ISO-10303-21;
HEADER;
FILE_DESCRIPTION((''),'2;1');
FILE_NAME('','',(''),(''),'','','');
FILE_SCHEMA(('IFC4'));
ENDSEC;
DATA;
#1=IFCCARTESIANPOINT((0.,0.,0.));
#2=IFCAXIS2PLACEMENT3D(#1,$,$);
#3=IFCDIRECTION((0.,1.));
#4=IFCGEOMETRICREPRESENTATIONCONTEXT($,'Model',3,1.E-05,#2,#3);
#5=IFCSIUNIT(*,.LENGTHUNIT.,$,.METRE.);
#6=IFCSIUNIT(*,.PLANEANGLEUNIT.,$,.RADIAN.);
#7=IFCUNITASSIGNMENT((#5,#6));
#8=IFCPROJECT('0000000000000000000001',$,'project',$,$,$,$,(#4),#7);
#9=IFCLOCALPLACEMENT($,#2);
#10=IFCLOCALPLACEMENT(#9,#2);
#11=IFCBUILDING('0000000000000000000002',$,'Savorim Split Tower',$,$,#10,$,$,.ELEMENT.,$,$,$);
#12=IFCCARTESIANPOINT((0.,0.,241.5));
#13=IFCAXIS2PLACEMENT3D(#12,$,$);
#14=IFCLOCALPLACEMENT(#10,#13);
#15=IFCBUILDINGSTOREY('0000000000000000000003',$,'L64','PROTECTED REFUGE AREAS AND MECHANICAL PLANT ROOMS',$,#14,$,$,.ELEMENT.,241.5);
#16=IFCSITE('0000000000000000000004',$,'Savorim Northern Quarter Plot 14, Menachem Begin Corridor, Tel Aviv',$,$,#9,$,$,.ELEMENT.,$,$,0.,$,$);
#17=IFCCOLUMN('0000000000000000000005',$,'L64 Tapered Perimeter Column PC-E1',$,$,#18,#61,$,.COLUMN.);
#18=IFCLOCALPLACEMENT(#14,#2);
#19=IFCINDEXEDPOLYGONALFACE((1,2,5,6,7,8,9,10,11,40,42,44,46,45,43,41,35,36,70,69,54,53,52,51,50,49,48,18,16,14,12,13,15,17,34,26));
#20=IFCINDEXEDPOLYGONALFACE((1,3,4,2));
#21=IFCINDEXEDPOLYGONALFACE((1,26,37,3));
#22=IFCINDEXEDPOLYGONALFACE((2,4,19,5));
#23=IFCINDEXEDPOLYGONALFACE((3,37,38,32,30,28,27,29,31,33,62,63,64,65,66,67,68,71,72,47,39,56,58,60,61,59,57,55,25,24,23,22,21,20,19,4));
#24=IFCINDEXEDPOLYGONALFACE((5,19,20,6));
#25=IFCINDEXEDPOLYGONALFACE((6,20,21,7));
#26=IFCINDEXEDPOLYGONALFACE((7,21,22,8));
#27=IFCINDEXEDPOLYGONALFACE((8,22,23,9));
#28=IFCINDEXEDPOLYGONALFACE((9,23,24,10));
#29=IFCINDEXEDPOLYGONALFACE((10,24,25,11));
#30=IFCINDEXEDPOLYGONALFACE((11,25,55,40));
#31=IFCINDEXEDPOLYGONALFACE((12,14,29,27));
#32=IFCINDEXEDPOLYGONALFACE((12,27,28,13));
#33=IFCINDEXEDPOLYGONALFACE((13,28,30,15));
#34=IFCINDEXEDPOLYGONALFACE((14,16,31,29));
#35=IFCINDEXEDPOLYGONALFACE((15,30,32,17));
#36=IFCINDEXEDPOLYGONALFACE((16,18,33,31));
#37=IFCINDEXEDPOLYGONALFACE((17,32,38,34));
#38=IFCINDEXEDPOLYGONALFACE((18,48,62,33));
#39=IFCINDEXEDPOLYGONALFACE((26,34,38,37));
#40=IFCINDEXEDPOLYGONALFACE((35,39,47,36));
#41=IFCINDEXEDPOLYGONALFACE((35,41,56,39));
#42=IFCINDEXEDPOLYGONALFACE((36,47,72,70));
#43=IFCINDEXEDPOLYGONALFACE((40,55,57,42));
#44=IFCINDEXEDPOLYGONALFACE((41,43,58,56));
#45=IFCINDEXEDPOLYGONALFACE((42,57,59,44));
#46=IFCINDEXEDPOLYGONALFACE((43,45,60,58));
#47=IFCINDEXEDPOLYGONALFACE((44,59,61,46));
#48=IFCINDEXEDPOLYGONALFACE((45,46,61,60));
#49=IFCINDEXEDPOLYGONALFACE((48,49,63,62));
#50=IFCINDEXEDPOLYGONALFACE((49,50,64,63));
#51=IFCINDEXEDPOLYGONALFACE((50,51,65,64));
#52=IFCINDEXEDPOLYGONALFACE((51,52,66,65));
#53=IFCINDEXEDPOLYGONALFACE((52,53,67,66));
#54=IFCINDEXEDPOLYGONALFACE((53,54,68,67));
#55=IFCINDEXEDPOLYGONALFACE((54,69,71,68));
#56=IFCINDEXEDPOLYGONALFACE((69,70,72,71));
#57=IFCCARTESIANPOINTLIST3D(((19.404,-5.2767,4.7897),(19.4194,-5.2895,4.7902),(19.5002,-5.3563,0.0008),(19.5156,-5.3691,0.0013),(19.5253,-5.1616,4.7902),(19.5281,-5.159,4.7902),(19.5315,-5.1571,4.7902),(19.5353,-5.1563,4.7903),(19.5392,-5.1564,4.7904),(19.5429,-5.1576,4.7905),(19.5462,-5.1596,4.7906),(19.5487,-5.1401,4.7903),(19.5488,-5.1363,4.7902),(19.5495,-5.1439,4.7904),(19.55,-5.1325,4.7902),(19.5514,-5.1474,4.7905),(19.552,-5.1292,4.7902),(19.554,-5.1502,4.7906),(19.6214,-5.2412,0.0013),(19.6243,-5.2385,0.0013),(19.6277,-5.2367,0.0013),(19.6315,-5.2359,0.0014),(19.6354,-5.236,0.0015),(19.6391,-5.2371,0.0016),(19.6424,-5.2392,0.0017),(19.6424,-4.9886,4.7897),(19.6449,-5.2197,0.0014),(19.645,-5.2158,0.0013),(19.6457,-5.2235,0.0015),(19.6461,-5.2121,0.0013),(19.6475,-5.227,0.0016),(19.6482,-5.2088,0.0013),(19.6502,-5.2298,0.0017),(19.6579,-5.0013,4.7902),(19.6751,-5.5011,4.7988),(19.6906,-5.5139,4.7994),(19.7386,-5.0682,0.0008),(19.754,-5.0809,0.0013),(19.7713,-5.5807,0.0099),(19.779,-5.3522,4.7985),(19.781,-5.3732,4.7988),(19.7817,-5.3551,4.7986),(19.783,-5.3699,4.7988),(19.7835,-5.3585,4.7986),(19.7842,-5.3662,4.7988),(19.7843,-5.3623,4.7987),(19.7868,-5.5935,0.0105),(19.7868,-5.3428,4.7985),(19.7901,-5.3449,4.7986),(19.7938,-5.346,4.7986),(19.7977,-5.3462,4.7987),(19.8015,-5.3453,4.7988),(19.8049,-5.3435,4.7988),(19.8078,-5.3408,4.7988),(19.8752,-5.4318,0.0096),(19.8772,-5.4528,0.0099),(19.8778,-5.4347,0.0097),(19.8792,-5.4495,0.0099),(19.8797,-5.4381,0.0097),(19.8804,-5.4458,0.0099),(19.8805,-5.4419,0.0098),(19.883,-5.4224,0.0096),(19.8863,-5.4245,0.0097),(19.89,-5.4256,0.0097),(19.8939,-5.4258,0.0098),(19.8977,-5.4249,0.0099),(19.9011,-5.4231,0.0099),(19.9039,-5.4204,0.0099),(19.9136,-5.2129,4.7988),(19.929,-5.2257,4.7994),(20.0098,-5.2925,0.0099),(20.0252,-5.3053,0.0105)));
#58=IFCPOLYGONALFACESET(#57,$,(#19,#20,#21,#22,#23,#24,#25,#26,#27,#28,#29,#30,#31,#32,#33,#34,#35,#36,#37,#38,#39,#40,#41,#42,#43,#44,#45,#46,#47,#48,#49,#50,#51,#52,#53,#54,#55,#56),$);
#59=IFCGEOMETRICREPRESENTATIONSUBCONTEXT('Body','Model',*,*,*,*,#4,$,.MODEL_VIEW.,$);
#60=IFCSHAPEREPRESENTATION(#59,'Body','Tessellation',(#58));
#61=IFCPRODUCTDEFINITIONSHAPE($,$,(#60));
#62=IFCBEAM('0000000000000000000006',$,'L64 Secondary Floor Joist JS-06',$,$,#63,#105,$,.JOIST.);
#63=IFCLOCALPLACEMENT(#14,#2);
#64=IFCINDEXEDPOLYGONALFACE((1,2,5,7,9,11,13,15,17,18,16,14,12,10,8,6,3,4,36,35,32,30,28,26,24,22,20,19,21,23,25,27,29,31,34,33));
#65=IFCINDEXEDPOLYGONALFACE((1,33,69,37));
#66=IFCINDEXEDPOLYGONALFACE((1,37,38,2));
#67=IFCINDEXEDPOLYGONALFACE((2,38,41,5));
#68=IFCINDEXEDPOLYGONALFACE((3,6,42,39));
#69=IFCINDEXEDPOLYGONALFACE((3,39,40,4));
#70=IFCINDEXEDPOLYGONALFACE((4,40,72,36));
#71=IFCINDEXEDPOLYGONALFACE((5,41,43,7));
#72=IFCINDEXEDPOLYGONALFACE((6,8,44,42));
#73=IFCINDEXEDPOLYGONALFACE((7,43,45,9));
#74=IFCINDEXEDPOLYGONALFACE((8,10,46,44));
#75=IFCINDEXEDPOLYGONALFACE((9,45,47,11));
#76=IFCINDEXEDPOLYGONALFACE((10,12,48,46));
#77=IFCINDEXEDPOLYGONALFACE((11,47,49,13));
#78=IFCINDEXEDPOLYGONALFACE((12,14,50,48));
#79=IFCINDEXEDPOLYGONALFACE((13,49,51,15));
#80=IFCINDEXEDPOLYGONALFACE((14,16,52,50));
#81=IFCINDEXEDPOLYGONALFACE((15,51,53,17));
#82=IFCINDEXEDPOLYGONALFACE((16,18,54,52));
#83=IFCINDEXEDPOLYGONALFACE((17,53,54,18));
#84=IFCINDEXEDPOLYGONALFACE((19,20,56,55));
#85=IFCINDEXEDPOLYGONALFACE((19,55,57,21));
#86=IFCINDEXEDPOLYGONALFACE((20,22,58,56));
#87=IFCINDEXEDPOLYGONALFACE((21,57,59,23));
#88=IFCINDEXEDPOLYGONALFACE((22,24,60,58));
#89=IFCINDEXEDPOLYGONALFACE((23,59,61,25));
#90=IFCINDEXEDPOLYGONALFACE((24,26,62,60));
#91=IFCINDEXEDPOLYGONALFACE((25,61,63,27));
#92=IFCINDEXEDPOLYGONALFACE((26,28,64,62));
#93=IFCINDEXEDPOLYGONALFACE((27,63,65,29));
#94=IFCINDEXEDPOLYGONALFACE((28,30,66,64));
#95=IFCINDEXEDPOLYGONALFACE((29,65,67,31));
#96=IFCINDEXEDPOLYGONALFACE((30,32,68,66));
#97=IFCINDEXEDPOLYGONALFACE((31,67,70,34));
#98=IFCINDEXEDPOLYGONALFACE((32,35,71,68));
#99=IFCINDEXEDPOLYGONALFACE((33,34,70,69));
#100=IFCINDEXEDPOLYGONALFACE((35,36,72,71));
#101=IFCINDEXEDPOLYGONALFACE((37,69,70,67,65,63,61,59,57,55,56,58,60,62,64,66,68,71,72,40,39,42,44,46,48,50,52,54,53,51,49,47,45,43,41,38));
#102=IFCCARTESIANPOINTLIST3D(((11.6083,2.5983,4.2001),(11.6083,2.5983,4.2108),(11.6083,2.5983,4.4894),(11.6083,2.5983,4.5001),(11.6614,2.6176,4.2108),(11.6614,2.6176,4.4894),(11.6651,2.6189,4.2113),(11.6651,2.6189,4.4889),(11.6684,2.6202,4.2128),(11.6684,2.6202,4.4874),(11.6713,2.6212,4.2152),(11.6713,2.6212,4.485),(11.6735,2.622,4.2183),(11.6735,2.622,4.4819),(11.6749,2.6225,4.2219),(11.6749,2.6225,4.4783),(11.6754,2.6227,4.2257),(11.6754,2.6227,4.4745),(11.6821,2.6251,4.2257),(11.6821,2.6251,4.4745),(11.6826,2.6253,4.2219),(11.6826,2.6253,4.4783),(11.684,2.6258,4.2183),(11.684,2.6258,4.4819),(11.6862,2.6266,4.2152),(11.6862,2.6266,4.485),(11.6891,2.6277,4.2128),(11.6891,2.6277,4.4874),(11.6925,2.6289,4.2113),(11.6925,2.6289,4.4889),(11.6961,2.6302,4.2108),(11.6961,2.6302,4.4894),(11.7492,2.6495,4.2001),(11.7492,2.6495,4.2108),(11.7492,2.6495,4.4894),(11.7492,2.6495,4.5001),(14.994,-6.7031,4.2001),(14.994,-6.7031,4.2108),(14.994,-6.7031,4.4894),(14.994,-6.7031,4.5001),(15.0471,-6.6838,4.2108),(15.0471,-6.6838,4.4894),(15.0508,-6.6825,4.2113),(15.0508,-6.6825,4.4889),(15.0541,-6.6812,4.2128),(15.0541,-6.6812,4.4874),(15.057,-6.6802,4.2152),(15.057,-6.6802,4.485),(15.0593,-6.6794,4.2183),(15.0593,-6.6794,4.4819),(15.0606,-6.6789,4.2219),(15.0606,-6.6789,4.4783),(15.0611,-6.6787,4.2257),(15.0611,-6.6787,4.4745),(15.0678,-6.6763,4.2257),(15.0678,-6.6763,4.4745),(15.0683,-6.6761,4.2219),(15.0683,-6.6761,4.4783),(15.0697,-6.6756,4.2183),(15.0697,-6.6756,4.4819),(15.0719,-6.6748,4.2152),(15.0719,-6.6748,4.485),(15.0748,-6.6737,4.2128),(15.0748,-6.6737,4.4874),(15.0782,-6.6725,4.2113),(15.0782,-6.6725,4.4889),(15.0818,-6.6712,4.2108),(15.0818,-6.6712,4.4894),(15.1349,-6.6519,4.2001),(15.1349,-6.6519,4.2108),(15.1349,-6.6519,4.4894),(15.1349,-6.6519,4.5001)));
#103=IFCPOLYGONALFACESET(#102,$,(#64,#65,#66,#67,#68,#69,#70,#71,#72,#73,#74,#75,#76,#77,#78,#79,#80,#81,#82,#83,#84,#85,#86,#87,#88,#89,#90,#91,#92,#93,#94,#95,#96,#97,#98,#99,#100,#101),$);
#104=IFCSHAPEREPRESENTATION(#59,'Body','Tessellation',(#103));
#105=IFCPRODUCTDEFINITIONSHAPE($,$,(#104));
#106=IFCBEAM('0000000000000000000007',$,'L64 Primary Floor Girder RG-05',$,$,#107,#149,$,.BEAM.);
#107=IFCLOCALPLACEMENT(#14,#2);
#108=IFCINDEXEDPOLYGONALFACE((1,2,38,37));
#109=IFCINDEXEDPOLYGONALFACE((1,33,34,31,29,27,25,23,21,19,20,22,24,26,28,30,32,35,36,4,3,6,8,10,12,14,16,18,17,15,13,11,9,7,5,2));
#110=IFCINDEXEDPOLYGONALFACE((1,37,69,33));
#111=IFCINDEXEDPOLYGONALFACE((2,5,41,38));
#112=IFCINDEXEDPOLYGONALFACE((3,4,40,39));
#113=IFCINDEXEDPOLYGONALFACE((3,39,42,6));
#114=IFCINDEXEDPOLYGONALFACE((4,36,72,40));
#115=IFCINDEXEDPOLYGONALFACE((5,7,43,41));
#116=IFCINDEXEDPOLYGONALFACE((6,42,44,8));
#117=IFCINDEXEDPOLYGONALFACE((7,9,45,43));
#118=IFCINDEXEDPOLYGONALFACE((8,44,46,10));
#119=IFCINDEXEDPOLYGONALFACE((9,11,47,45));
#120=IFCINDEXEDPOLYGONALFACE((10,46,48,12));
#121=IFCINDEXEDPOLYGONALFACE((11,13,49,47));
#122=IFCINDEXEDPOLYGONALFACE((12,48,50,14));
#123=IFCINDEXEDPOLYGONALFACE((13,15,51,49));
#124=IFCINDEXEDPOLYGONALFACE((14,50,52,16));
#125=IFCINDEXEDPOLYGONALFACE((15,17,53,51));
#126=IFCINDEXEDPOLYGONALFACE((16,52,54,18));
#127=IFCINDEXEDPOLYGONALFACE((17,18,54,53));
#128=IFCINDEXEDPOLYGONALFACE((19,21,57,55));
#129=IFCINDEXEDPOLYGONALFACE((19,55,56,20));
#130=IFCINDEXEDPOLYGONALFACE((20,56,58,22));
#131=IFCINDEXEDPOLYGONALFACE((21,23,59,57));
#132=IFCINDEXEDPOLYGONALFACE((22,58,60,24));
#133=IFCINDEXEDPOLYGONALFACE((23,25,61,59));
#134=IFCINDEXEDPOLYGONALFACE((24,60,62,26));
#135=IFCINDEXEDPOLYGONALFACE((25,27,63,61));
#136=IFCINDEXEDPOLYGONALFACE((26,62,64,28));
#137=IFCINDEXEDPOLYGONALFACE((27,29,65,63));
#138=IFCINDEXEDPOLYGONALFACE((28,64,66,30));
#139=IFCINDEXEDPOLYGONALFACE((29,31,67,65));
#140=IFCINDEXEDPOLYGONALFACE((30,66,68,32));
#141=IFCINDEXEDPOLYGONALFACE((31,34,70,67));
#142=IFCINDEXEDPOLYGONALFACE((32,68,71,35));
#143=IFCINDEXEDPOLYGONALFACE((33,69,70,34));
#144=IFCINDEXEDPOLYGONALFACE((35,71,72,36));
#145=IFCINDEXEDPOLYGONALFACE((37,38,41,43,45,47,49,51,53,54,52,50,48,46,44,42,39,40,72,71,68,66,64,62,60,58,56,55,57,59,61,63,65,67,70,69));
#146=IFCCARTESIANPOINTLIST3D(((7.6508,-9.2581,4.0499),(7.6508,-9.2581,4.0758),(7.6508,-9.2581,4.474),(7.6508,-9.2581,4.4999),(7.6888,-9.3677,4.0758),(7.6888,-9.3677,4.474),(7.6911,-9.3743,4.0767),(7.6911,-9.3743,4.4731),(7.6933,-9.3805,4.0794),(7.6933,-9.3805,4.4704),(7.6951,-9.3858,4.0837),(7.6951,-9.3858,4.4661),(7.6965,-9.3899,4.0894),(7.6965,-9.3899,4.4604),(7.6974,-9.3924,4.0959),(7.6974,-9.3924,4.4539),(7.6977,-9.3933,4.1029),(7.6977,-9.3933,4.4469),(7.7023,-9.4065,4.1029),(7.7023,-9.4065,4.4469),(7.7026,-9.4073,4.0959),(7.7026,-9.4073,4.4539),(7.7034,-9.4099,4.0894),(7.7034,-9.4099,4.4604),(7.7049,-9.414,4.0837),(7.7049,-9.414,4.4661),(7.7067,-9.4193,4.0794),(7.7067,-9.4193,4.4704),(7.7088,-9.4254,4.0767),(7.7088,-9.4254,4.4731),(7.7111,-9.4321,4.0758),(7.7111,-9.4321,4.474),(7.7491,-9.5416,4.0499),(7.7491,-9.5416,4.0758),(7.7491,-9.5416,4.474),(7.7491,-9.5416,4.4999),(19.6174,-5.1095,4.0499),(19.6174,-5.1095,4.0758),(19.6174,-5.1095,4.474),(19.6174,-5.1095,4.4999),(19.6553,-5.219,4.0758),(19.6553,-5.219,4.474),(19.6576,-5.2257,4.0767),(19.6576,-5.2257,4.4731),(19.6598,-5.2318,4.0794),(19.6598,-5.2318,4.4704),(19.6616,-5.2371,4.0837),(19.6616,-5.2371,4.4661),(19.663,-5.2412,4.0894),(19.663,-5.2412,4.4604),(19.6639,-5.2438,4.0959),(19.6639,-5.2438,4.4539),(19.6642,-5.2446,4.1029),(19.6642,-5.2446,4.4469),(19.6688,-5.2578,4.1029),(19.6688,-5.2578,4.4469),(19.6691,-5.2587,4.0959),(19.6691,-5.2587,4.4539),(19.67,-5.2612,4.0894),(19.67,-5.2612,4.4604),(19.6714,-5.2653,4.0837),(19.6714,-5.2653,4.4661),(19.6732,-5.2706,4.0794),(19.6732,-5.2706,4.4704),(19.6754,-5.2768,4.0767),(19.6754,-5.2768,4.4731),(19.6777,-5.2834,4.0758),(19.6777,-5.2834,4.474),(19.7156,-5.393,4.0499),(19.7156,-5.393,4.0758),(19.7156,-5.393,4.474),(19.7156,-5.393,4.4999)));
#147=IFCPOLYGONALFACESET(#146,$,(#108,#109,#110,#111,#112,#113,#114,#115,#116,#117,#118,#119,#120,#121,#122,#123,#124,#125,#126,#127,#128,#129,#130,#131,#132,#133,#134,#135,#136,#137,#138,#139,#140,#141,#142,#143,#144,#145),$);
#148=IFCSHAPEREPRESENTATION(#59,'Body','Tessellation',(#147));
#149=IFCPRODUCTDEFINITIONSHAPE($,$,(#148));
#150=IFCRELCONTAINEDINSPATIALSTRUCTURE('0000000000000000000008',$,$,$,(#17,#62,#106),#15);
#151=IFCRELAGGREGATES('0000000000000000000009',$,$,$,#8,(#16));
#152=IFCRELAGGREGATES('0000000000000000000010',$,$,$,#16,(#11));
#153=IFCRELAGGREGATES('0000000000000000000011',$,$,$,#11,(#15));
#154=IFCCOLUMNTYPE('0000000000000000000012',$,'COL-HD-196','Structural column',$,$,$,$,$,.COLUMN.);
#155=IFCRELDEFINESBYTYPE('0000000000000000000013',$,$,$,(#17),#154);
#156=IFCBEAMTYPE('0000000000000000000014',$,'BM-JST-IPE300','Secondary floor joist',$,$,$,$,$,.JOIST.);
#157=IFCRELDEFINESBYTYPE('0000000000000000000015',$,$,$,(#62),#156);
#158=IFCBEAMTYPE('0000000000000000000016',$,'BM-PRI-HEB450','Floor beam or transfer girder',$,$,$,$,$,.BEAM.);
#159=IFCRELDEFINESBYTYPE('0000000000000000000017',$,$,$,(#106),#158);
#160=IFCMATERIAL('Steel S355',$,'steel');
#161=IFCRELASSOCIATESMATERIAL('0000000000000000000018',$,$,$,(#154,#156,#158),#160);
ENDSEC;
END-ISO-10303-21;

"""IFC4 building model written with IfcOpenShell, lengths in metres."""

from ifc_helpers import new_model, si_unit, direction, frame, origin, origin_2d, place, context, subcontext, project, spatial, i_section, extrude, material, material_profile, profile_set, type_object, element, save


model = new_model("IFC4")

# Units and contexts
model_context = context("Model", 3, precision=1e-05, world=origin(), true_north=direction((0.0, 1.0)))
body_context = subcontext(model_context, "Body", "Model", "MODEL_VIEW")
ifc_project = project(units=[si_unit("LENGTHUNIT", "METRE"), si_unit("PLANEANGLEUNIT", "RADIAN")], contexts=[model_context])

# Site, building, storey
site_placement = place(None, origin())
site = spatial("IfcSite", under=ifc_project, at=site_placement, Name="Savorim Northern Quarter Plot 14, Menachem Begin Corridor, Tel Aviv", CompositionType="ELEMENT", RefElevation=0.0)
building_placement = place(site_placement, origin())
building = spatial("IfcBuilding", under=site, at=building_placement, Name="Savorim Split Tower", CompositionType="ELEMENT")
storey_placement = place(building_placement, frame((0.0, 0.0, 241.5)))
storey = spatial("IfcBuildingStorey", under=building, at=storey_placement, Name="L64", Description="PROTECTED REFUGE AREAS AND MECHANICAL PLANT ROOMS", CompositionType="ELEMENT", Elevation=241.5)

# Column
ifc_material_1 = material(Name="Steel S355", Category="steel")
ifc_material_profile_1 = material_profile(ifc_material_1, i_section(OverallWidth=0.374, OverallDepth=0.3721, WebThickness=0.0122, FlangeThickness=0.02, FilletRadius=0.0149, at=origin_2d()), Name="HD 360x196")
ifc_profile_set_1 = profile_set([ifc_material_profile_1], Name="Steel S355")
column_type = type_object("IfcColumnType", Name="COL-HD-196", Description="Structural column", PredefinedType="COLUMN", material=ifc_profile_set_1)
column_placement = place(storey_placement, frame((19.7627, -5.3308, 0.0056), z_axis=(-0.02008, 0.016614, 0.99966), x_axis=(-0.637488, -0.770461, 0.0)))
element("IfcColumn", 1, at=column_placement, inside=storey, type_object=column_type, Name="L64 Tapered Perimeter Column PC-E1", PredefinedType="COLUMN", context=body_context, shape_type="SweptSolid", body=[
    extrude(i_section(OverallWidth=0.374, OverallDepth=0.3721, WebThickness=0.0122, FlangeThickness=0.02, FilletRadius=0.0149, at=origin_2d()), origin(), (0.0, 0.0, 1.0), 4.7905),
])

# Beams
ifc_material_profile_2 = material_profile(ifc_material_1, i_section(OverallWidth=0.1499, OverallDepth=0.3, WebThickness=0.0071, FlangeThickness=0.0107, FilletRadius=0.0149, at=origin_2d()), Name="IPE 300")
ifc_profile_set_2 = profile_set([ifc_material_profile_2], Name="Steel S355")
beam_type_1 = type_object("IfcBeamType", Name="BM-JST-IPE300", Description="Secondary floor joist", PredefinedType="JOIST", material=ifc_profile_set_2)
beam_1_placement = place(storey_placement, frame((15.0645, -6.6775, 4.3501), z_axis=(-0.342044, 0.939684, 0.0), x_axis=(-0.939684, -0.342044, 0.0)))
element("IfcBeam", 2, at=beam_1_placement, inside=storey, type_object=beam_type_1, Name="L64 Secondary Floor Joist JS-06", PredefinedType="JOIST", context=body_context, shape_type="SweptSolid", body=[
    extrude(i_section(OverallWidth=0.1499, OverallDepth=0.3, WebThickness=0.0071, FlangeThickness=0.0107, FilletRadius=0.0149, at=origin_2d()), origin(), (0.0, 0.0, 1.0), 9.8984),
])
ifc_material_profile_3 = material_profile(ifc_material_1, i_section(OverallWidth=0.3, OverallDepth=0.45, WebThickness=0.0139, FlangeThickness=0.0259, FilletRadius=0.0271, at=origin_2d()), Name="HEB 450")
ifc_profile_set_3 = profile_set([ifc_material_profile_3], Name="Steel S355")
beam_type_2 = type_object("IfcBeamType", Name="BM-PRI-HEB450", Description="Floor beam or transfer girder", PredefinedType="BEAM", material=ifc_profile_set_3)
beam_2_placement = place(storey_placement, frame((19.6665, -5.2512, 4.2749), z_axis=(-0.944829, -0.327563, 0.0), x_axis=(0.327563, -0.944829, 0.0)))
element("IfcBeam", 3, at=beam_2_placement, inside=storey, type_object=beam_type_2, Name="L64 Primary Floor Girder RG-05", PredefinedType="BEAM", context=body_context, shape_type="SweptSolid", body=[
    extrude(i_section(OverallWidth=0.3, OverallDepth=0.45, WebThickness=0.0139, FlangeThickness=0.0259, FilletRadius=0.0271, at=origin_2d()), origin(), (0.0, 0.0, 1.0), 12.6653),
])

save(model, "model.ifc")
